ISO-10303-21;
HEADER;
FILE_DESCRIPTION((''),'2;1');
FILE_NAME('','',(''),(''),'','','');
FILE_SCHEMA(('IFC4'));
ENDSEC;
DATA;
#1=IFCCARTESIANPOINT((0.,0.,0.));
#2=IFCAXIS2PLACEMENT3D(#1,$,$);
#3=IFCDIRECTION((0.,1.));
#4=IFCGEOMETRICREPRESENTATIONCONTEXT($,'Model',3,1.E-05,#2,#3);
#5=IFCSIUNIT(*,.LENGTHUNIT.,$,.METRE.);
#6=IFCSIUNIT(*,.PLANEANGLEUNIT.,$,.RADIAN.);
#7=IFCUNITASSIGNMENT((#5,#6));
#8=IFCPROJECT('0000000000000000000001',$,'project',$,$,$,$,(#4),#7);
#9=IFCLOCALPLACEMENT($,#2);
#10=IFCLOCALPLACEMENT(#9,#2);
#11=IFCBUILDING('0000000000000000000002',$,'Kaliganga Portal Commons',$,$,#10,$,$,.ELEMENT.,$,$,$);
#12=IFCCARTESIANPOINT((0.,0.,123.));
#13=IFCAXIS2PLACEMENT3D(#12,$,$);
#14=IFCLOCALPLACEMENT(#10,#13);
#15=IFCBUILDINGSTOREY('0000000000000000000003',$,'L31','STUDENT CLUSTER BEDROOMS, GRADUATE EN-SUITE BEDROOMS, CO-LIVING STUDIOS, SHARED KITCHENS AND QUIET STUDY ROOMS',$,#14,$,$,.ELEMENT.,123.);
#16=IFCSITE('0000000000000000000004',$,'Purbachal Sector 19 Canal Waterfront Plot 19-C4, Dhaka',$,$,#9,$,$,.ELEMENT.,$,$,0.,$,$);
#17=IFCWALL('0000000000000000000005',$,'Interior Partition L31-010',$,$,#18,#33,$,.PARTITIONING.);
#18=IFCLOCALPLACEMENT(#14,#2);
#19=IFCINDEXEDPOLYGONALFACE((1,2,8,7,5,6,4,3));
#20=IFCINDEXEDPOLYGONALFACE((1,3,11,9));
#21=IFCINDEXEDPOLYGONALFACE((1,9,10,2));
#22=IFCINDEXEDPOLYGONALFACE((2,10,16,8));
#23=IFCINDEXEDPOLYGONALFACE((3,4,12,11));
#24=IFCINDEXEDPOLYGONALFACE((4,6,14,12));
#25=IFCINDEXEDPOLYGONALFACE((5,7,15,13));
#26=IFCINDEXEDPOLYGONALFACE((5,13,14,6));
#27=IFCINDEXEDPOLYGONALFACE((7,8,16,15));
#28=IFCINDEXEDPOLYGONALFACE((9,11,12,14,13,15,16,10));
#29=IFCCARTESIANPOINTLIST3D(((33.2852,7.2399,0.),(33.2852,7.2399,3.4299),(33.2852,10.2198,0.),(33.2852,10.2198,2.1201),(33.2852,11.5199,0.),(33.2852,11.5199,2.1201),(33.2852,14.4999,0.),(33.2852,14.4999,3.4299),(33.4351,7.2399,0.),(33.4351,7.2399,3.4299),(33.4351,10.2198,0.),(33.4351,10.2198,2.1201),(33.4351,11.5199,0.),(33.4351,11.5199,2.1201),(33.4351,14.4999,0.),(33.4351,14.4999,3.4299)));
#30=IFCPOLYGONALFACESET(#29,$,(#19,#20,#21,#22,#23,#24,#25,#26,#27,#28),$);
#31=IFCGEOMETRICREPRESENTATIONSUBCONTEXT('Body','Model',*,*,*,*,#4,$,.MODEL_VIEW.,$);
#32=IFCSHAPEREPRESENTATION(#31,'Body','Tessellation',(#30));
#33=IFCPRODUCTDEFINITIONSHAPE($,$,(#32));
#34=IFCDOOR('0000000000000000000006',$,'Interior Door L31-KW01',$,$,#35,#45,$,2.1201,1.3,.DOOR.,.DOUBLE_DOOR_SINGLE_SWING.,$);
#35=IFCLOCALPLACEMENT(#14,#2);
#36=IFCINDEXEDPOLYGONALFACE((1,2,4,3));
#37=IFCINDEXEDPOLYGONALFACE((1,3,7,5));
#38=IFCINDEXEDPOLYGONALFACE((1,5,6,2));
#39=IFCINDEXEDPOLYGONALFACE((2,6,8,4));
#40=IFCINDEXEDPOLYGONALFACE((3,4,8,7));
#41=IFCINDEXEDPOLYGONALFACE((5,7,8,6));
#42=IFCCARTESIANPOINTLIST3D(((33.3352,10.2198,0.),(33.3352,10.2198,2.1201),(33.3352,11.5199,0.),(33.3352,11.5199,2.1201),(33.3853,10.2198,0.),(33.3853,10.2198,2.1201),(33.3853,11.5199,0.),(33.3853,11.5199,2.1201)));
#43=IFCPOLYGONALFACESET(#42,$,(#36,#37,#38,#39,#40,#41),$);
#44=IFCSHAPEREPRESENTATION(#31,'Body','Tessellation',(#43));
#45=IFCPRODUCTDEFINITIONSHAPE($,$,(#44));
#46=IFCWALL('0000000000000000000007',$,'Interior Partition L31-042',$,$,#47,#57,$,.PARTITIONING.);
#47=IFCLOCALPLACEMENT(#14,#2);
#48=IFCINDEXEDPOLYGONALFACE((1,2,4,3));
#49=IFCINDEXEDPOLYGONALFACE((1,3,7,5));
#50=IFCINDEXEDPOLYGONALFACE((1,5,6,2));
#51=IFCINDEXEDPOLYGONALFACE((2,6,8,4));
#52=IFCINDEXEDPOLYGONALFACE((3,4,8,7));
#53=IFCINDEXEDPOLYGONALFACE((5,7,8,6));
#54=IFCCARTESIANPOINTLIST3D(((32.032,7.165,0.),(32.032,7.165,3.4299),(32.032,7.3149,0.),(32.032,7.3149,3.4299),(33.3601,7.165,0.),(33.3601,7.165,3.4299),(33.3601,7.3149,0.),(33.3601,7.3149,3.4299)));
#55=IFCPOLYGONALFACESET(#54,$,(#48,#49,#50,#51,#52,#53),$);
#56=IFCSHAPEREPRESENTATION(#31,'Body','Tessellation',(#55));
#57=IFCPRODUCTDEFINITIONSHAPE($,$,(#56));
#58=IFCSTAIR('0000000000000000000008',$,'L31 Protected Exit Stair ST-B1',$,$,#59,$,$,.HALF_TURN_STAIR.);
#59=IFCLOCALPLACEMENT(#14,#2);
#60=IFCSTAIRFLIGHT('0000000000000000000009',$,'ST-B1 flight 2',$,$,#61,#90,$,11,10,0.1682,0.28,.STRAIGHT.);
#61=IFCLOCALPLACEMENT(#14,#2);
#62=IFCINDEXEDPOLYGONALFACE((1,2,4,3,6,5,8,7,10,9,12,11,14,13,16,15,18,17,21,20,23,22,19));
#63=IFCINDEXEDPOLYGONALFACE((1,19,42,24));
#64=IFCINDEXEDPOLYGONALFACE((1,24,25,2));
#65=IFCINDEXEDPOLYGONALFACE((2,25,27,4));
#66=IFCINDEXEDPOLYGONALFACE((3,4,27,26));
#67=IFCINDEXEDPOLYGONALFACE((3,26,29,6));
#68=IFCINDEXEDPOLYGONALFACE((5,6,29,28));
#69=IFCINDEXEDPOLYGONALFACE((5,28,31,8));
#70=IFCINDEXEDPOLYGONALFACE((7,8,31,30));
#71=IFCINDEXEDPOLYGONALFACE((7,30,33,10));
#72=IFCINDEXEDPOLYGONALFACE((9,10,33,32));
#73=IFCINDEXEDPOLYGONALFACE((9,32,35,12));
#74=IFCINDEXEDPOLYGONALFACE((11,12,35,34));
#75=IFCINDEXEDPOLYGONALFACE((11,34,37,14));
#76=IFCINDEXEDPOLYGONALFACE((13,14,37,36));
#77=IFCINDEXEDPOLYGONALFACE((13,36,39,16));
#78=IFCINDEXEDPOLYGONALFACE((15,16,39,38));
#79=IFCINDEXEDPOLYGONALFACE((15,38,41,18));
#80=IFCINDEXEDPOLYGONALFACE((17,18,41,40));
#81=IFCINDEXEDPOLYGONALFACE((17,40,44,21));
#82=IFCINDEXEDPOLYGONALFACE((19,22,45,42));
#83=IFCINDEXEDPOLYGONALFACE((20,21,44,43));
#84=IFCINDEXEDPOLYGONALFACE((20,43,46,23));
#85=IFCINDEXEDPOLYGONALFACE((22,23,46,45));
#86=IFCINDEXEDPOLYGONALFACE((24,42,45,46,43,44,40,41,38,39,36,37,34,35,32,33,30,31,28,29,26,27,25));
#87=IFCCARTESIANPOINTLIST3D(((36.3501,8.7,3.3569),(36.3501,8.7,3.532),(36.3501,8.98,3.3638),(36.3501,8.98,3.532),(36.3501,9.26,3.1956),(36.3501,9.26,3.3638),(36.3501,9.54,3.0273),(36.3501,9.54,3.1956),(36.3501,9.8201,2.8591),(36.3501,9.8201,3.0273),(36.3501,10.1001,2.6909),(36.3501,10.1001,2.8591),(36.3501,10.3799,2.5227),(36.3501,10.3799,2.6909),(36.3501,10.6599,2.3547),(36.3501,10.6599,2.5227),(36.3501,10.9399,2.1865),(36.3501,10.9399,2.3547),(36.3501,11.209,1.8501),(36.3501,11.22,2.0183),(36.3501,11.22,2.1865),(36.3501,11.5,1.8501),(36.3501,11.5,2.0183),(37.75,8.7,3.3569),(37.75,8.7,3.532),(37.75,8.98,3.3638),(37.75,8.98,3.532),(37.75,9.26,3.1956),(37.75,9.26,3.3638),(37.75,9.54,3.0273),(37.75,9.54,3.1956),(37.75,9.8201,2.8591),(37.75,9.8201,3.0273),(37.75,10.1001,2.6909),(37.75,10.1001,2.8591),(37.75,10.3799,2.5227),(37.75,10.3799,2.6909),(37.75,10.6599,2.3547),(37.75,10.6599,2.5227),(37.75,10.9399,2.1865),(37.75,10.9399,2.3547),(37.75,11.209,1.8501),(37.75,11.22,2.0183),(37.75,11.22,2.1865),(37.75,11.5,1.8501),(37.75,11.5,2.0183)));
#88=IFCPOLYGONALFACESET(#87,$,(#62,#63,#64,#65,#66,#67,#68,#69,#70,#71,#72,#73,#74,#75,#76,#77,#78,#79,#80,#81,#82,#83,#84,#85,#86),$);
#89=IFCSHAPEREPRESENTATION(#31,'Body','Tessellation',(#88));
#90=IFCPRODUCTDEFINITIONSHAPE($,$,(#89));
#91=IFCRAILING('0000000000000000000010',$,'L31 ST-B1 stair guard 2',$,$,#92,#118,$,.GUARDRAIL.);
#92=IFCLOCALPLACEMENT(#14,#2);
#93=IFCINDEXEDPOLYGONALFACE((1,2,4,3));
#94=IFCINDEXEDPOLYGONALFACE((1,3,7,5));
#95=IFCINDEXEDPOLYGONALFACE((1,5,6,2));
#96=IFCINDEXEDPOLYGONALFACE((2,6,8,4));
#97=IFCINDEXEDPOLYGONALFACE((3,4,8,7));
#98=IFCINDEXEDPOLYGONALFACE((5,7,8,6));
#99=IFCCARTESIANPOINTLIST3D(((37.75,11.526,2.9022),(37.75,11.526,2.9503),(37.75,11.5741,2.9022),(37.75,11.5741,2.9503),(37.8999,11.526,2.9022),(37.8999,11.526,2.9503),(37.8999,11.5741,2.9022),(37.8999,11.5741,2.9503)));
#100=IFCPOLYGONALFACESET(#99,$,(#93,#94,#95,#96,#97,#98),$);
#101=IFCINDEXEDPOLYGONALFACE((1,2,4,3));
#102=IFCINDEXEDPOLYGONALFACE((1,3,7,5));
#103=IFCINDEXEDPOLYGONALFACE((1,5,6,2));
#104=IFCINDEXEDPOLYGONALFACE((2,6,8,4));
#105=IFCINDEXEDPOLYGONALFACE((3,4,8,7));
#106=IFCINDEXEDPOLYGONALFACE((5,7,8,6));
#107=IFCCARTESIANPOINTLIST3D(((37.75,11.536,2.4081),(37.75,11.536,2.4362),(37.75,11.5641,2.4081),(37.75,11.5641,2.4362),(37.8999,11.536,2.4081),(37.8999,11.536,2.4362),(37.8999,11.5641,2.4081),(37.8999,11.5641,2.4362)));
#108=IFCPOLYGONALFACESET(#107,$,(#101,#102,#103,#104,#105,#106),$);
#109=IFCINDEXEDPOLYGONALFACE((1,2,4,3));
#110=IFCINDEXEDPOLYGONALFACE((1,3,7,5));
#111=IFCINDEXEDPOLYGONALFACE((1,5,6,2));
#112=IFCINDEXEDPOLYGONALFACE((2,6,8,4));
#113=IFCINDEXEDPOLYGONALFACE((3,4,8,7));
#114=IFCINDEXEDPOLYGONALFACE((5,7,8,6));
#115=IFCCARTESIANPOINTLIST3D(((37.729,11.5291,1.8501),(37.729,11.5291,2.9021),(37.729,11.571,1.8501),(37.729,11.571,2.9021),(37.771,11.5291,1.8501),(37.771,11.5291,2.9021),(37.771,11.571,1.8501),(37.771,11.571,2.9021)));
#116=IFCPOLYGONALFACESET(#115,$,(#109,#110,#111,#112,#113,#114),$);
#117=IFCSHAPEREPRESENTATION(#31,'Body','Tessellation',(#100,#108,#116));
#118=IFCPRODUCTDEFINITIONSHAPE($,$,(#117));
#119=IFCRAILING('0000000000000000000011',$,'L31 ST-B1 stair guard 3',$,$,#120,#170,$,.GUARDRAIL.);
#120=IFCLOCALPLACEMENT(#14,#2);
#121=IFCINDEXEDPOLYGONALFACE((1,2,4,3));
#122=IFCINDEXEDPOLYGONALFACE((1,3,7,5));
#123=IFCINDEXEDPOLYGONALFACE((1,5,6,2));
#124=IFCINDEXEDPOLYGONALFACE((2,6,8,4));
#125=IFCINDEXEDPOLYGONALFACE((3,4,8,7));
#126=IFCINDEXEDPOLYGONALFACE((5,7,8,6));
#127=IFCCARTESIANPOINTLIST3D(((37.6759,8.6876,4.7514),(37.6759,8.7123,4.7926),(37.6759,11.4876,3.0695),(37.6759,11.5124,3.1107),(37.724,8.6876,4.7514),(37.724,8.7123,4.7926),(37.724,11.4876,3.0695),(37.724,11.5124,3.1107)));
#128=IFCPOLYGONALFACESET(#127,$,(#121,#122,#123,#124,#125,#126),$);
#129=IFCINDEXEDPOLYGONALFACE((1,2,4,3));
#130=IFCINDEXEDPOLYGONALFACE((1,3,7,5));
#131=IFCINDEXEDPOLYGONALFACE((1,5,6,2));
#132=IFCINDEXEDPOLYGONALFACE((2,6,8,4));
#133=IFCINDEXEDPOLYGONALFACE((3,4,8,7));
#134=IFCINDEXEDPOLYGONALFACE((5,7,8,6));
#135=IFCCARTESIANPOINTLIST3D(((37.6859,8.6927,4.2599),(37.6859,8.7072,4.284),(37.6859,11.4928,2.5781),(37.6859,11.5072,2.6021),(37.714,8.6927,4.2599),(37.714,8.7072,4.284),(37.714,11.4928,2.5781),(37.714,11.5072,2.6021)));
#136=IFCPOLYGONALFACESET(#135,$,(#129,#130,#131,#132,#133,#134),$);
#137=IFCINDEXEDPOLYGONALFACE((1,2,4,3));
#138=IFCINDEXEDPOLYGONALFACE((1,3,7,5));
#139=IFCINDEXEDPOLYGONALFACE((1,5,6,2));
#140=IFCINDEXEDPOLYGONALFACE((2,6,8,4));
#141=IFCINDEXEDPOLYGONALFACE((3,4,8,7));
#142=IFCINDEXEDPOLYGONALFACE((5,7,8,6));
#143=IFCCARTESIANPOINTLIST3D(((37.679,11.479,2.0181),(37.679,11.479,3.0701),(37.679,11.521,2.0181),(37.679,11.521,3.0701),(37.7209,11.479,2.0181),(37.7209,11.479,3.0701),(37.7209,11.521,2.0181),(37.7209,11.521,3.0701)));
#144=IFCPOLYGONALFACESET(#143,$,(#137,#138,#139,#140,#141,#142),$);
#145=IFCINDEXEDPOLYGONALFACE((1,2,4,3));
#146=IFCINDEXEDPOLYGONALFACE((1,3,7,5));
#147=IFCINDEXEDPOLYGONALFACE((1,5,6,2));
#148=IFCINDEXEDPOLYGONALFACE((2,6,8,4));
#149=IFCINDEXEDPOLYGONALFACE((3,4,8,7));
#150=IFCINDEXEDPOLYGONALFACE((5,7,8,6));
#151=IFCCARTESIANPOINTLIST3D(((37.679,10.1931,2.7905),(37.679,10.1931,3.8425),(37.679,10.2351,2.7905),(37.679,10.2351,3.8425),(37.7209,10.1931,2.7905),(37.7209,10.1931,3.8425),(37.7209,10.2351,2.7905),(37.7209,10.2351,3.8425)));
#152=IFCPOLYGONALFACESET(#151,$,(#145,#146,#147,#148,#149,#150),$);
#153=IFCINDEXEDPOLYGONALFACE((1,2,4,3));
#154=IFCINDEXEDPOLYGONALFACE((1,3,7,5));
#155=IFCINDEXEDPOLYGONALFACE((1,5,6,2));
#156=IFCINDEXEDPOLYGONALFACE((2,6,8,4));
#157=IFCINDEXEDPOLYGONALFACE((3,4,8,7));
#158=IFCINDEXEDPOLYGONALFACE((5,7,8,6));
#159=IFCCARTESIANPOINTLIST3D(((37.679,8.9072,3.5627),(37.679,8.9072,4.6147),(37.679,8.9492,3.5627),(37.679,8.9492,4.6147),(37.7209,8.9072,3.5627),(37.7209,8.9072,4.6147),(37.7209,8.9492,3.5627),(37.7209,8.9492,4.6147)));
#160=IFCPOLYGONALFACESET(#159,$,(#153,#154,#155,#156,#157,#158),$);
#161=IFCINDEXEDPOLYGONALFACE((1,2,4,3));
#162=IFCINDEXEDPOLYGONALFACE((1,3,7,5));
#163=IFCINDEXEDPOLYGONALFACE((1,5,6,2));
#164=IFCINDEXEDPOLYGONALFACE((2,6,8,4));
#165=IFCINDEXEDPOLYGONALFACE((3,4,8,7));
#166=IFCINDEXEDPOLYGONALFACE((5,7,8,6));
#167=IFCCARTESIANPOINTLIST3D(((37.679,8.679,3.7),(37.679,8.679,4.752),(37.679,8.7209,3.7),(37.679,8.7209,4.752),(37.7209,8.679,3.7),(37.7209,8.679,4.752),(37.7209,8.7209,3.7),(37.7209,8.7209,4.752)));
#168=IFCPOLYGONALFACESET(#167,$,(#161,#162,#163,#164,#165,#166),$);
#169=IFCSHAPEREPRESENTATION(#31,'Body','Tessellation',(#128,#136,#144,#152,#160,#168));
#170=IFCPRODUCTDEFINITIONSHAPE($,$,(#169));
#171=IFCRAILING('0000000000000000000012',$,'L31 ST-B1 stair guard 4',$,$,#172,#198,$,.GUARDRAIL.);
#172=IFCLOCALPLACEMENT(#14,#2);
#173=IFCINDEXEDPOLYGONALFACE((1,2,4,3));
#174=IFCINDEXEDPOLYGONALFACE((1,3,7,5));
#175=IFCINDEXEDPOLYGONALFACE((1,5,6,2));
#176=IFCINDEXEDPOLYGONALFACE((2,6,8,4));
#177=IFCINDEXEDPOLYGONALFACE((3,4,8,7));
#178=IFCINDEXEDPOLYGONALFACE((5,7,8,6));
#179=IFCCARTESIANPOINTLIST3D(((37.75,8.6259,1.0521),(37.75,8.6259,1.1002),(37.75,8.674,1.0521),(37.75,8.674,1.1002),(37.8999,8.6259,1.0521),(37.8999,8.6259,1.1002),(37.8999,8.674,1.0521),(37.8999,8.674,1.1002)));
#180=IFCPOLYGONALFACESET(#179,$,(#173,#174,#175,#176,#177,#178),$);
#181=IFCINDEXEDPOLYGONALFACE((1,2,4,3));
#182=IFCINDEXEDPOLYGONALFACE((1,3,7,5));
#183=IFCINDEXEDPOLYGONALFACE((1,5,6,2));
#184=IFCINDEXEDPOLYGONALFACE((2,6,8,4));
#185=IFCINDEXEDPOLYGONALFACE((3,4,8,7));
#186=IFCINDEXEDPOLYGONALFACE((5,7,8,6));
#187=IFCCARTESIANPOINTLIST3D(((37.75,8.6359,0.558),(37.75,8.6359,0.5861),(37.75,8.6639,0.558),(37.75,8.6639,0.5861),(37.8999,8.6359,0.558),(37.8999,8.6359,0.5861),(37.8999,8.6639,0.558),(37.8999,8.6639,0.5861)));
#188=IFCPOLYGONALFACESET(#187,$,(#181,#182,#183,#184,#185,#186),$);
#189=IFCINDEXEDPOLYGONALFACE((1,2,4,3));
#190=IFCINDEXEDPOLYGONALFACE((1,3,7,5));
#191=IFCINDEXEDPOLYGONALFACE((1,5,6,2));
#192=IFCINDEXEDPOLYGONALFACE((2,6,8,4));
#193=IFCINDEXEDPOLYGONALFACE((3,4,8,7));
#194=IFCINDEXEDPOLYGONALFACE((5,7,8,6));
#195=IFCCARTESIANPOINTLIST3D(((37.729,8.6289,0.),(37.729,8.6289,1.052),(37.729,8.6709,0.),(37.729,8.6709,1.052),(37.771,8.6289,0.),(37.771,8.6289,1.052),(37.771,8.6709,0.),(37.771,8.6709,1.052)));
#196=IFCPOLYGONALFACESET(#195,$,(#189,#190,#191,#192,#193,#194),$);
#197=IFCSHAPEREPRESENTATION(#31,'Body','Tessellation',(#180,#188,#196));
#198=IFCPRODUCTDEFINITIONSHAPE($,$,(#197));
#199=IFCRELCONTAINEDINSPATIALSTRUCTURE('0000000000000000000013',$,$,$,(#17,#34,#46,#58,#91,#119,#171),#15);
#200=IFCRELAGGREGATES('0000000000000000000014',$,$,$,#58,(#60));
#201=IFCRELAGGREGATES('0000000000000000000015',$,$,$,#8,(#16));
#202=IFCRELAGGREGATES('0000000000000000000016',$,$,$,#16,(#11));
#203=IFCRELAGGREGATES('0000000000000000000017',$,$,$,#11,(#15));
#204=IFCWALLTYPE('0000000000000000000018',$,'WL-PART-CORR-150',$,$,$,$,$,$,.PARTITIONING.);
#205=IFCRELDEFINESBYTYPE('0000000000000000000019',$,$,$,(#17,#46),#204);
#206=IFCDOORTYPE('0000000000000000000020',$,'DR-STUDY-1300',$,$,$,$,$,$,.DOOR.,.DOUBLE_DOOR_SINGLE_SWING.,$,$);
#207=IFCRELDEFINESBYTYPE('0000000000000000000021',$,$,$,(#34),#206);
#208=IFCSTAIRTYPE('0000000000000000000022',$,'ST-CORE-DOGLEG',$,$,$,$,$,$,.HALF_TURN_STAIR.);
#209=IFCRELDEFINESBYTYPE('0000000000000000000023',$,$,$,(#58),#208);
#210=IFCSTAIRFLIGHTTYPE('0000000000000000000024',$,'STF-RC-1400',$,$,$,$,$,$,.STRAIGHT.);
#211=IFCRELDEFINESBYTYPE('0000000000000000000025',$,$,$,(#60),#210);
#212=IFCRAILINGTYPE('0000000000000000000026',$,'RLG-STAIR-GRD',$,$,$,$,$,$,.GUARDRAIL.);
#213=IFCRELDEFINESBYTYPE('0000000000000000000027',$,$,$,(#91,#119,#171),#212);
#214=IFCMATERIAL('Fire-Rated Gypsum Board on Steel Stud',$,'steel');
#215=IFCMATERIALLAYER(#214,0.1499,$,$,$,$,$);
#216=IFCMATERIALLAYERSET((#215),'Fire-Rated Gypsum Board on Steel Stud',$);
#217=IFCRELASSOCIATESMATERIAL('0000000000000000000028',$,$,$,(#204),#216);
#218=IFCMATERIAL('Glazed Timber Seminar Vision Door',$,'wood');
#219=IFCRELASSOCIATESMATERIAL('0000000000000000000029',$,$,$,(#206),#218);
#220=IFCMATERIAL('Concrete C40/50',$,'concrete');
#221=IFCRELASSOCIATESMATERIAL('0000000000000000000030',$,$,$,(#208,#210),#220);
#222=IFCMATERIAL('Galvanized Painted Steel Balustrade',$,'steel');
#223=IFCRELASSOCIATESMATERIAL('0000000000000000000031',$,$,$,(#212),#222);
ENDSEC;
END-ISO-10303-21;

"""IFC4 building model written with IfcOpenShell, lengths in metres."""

from ifc_helpers import new_model, si_unit, direction, frame, frame_2d, origin, origin_2d, place, context, subcontext, project, spatial, polyline, rectangle, outline, extrude, material, layer, layer_set, type_object, element, fill, aggregate, save


model = new_model("IFC4")

# Units and contexts
model_context = context("Model", 3, precision=1e-05, world=origin(), true_north=direction((0.0, 1.0)))
body_context = subcontext(model_context, "Body", "Model", "MODEL_VIEW")
ifc_project = project(units=[si_unit("LENGTHUNIT", "METRE"), si_unit("PLANEANGLEUNIT", "RADIAN")], contexts=[model_context])

# Site, building, storey
site_placement = place(None, origin())
site = spatial("IfcSite", under=ifc_project, at=site_placement, Name="Purbachal Sector 19 Canal Waterfront Plot 19-C4, Dhaka", CompositionType="ELEMENT", RefElevation=0.0)
building_placement = place(site_placement, origin())
building = spatial("IfcBuilding", under=site, at=building_placement, Name="Kaliganga Portal Commons", CompositionType="ELEMENT")
storey_placement = place(building_placement, frame((0.0, 0.0, 123.0)))
storey = spatial("IfcBuildingStorey", under=building, at=storey_placement, Name="L31", Description="STUDENT CLUSTER BEDROOMS, GRADUATE EN-SUITE BEDROOMS, CO-LIVING STUDIOS, SHARED KITCHENS AND QUIET STUDY ROOMS", CompositionType="ELEMENT", Elevation=123.0)

# Wall, opening, door
ifc_material_1 = material(Name="Fire-Rated Gypsum Board on Steel Stud", Category="steel")
ifc_layer_1 = layer(ifc_material_1, 0.1499)
ifc_layer_set_1 = layer_set([ifc_layer_1], Name="Fire-Rated Gypsum Board on Steel Stud")
wall_type_1 = type_object("IfcWallType", Name="WL-PART-CORR-150", PredefinedType="PARTITIONING", material=ifc_layer_set_1)
wall_1_placement = place(storey_placement, frame((33.3601, 7.24, 0.0), z_axis=(0.0, 0.0, 1.0), x_axis=(0.0, 1.0, 0.0)))
wall_1 = element("IfcWall", 1, at=wall_1_placement, inside=storey, type_object=wall_type_1, Name="Interior Partition L31-010", PredefinedType="PARTITIONING", context=body_context, shape_type="SweptSolid", body=[
    extrude(rectangle(XDim=7.26, YDim=0.1499, at=frame_2d((3.6299, 0.0))), origin(), (0.0, 0.0, 1.0), 3.4299),
])
opening_1_placement = place(wall_1_placement, frame((2.98, 0.0, 0.0)))
opening_1 = element("IfcOpeningElement", 2, at=opening_1_placement, cuts=wall_1, PredefinedType="OPENING", context=body_context, shape_type="SweptSolid", body=[
    extrude(rectangle(XDim=1.3, YDim=2.1201, at=frame_2d((0.6499, 1.0601))), frame((0.0, 0.085, 0.0), z_axis=(0.0, -1.0, 0.0), x_axis=(1.0, 0.0, 0.0)), (0.0, 0.0, 1.0), 0.1699),
])
ifc_material_2 = material(Name="Glazed Timber Seminar Vision Door", Category="wood")
door_type = type_object("IfcDoorType", Name="DR-STUDY-1300", OperationType="DOUBLE_DOOR_SINGLE_SWING", PredefinedType="DOOR", material=ifc_material_2)
door_placement = place(opening_1_placement, origin())
door = element("IfcDoor", 3, at=door_placement, inside=storey, type_object=door_type, Name="Interior Door L31-KW01", OperationType="DOUBLE_DOOR_SINGLE_SWING", OverallHeight=2.1201, OverallWidth=1.3, PredefinedType="DOOR", context=body_context, shape_type="SweptSolid", body=[
    extrude(rectangle(XDim=1.3, YDim=2.1201, at=frame_2d((0.6499, 1.0601))), frame((0.0, 0.0249, 0.0), z_axis=(0.0, -1.0, 0.0), x_axis=(1.0, 0.0, 0.0)), (0.0, 0.0, 1.0), 0.05),
])
fill(opening_1, door)

# Wall
wall_2_placement = place(storey_placement, frame((32.032, 7.24, 0.0), z_axis=(0.0, 0.0, 1.0), x_axis=(1.0, 0.0, 0.0)))
element("IfcWall", 4, at=wall_2_placement, inside=storey, type_object=wall_type_1, Name="Interior Partition L31-042", PredefinedType="PARTITIONING", context=body_context, shape_type="SweptSolid", body=[
    extrude(rectangle(XDim=1.3281, YDim=0.1499, at=frame_2d((0.6641, 0.0))), origin(), (0.0, 0.0, 1.0), 3.4299),
])

# Stair, stair flight
ifc_material_3 = material(Name="Concrete C40/50", Category="concrete")
stair_type = type_object("IfcStairType", Name="ST-CORE-DOGLEG", PredefinedType="HALF_TURN_STAIR", material=ifc_material_3)
stair_placement = place(storey_placement, origin())
stair = element("IfcStair", 5, at=stair_placement, inside=storey, type_object=stair_type, Name="L31 Protected Exit Stair ST-B1", PredefinedType="HALF_TURN_STAIR")
stair_flight_type = type_object("IfcStairFlightType", Name="STF-RC-1400", PredefinedType="STRAIGHT", material=ifc_material_3)
stair_flight_placement = place(storey_placement, frame((37.05, 11.5, 1.8501), z_axis=(0.0, 0.0, 1.0), x_axis=(0.0, -1.0, 0.0)))
stair_flight = element("IfcStairFlight", 6, at=stair_flight_placement, type_object=stair_flight_type, Name="ST-B1 flight 2", NumberOfRisers=11, NumberOfTreads=10, PredefinedType="STRAIGHT", RiserHeight=0.1682, TreadLength=0.28, context=body_context, shape_type="SweptSolid", body=[
    extrude(outline(polyline([(0.0, 0.0), (0.0, 0.1682), (0.28, 0.1682), (0.28, 0.3364), (0.5601, 0.3364), (0.5601, 0.5046), (0.8401, 0.5046), (0.8401, 0.6726), (1.1201, 0.6726), (1.1201, 0.8408), (1.3999, 0.8408), (1.3999, 1.009), (1.6799, 1.009), (1.6799, 1.1772), (1.96, 1.1772), (1.96, 1.3455), (2.24, 1.3455), (2.24, 1.5137), (2.52, 1.5137), (2.52, 1.6819), (2.8, 1.6819), (2.8, 1.8501), (2.8, 1.5068), (0.291, 0.0), (0.0, 0.0)])), frame((0.0, 0.7, 0.0), z_axis=(0.0, -1.0, 0.0), x_axis=(1.0, 0.0, 0.0)), (0.0, 0.0, 1.0), 1.3999),
])
aggregate(stair, [stair_flight])

# Railings
ifc_material_4 = material(Name="Galvanized Painted Steel Balustrade", Category="steel")
railing_type_1 = type_object("IfcRailingType", Name="RLG-STAIR-GRD", PredefinedType="GUARDRAIL", material=ifc_material_4)
railing_1_placement = place(storey_placement, frame((37.8999, 11.55, 1.8501)))
element("IfcRailing", 7, at=railing_1_placement, inside=storey, type_object=railing_type_1, Name="L31 ST-B1 stair guard 2", PredefinedType="GUARDRAIL", context=body_context, shape_type="SweptSolid", body=[
    extrude(rectangle(XDim=0.0481, YDim=0.0481, at=origin_2d()), frame((0.0, 0.0, 1.0762), z_axis=(-1.0, 0.0, 0.0), x_axis=(0.0, -1.0, 0.0)), (0.0, 0.0, 1.0), 0.1499),
    extrude(rectangle(XDim=0.0281, YDim=0.0281, at=origin_2d()), frame((0.0, 0.0, 0.572), z_axis=(-1.0, 0.0, 0.0), x_axis=(0.0, -1.0, 0.0)), (0.0, 0.0, 1.0), 0.1499),
    extrude(rectangle(XDim=0.042, YDim=0.042, at=origin_2d()), frame((-0.1499, 0.0, 0.0)), (0.0, 0.0, 1.0), 1.052),
])
railing_2_placement = place(storey_placement, frame((37.7, 11.5, 2.0181)))
element("IfcRailing", 8, at=railing_2_placement, inside=storey, type_object=railing_type_1, Name="L31 ST-B1 stair guard 3", PredefinedType="GUARDRAIL", context=body_context, shape_type="SweptSolid", body=[
    extrude(rectangle(XDim=0.0481, YDim=0.0481, at=origin_2d()), frame((0.0, 0.0, 1.072), z_axis=(0.0, -0.857242, 0.514913), x_axis=(1.0, 0.0, 0.0)), (0.0, 0.0, 1.0), 3.2664),
    extrude(rectangle(XDim=0.0281, YDim=0.0281, at=origin_2d()), frame((0.0, 0.0, 0.572), z_axis=(0.0, -0.857242, 0.514913), x_axis=(1.0, 0.0, 0.0)), (0.0, 0.0, 1.0), 3.2664),
    extrude(rectangle(XDim=0.042, YDim=0.042, at=origin_2d()), origin(), (0.0, 0.0, 1.0), 1.052),
    extrude(rectangle(XDim=0.042, YDim=0.042, at=origin_2d()), frame((0.0, -1.2859, 0.7725)), (0.0, 0.0, 1.0), 1.052),
    extrude(rectangle(XDim=0.042, YDim=0.042, at=origin_2d()), frame((0.0, -2.5718, 1.5447)), (0.0, 0.0, 1.0), 1.052),
    extrude(rectangle(XDim=0.042, YDim=0.042, at=origin_2d()), frame((0.0, -2.8, 1.6819)), (0.0, 0.0, 1.0), 1.052),
])
railing_3_placement = place(storey_placement, frame((37.8999, 8.6499, 0.0)))
element("IfcRailing", 9, at=railing_3_placement, inside=storey, type_object=railing_type_1, Name="L31 ST-B1 stair guard 4", PredefinedType="GUARDRAIL", context=body_context, shape_type="SweptSolid", body=[
    extrude(rectangle(XDim=0.0481, YDim=0.0481, at=origin_2d()), frame((0.0, 0.0, 1.0762), z_axis=(-1.0, 0.0, 0.0), x_axis=(0.0, -1.0, 0.0)), (0.0, 0.0, 1.0), 0.1499),
    extrude(rectangle(XDim=0.0281, YDim=0.0281, at=origin_2d()), frame((0.0, 0.0, 0.572), z_axis=(-1.0, 0.0, 0.0), x_axis=(0.0, -1.0, 0.0)), (0.0, 0.0, 1.0), 0.1499),
    extrude(rectangle(XDim=0.042, YDim=0.042, at=origin_2d()), frame((-0.1499, 0.0, 0.0)), (0.0, 0.0, 1.0), 1.052),
])

save(model, "model.ifc")
